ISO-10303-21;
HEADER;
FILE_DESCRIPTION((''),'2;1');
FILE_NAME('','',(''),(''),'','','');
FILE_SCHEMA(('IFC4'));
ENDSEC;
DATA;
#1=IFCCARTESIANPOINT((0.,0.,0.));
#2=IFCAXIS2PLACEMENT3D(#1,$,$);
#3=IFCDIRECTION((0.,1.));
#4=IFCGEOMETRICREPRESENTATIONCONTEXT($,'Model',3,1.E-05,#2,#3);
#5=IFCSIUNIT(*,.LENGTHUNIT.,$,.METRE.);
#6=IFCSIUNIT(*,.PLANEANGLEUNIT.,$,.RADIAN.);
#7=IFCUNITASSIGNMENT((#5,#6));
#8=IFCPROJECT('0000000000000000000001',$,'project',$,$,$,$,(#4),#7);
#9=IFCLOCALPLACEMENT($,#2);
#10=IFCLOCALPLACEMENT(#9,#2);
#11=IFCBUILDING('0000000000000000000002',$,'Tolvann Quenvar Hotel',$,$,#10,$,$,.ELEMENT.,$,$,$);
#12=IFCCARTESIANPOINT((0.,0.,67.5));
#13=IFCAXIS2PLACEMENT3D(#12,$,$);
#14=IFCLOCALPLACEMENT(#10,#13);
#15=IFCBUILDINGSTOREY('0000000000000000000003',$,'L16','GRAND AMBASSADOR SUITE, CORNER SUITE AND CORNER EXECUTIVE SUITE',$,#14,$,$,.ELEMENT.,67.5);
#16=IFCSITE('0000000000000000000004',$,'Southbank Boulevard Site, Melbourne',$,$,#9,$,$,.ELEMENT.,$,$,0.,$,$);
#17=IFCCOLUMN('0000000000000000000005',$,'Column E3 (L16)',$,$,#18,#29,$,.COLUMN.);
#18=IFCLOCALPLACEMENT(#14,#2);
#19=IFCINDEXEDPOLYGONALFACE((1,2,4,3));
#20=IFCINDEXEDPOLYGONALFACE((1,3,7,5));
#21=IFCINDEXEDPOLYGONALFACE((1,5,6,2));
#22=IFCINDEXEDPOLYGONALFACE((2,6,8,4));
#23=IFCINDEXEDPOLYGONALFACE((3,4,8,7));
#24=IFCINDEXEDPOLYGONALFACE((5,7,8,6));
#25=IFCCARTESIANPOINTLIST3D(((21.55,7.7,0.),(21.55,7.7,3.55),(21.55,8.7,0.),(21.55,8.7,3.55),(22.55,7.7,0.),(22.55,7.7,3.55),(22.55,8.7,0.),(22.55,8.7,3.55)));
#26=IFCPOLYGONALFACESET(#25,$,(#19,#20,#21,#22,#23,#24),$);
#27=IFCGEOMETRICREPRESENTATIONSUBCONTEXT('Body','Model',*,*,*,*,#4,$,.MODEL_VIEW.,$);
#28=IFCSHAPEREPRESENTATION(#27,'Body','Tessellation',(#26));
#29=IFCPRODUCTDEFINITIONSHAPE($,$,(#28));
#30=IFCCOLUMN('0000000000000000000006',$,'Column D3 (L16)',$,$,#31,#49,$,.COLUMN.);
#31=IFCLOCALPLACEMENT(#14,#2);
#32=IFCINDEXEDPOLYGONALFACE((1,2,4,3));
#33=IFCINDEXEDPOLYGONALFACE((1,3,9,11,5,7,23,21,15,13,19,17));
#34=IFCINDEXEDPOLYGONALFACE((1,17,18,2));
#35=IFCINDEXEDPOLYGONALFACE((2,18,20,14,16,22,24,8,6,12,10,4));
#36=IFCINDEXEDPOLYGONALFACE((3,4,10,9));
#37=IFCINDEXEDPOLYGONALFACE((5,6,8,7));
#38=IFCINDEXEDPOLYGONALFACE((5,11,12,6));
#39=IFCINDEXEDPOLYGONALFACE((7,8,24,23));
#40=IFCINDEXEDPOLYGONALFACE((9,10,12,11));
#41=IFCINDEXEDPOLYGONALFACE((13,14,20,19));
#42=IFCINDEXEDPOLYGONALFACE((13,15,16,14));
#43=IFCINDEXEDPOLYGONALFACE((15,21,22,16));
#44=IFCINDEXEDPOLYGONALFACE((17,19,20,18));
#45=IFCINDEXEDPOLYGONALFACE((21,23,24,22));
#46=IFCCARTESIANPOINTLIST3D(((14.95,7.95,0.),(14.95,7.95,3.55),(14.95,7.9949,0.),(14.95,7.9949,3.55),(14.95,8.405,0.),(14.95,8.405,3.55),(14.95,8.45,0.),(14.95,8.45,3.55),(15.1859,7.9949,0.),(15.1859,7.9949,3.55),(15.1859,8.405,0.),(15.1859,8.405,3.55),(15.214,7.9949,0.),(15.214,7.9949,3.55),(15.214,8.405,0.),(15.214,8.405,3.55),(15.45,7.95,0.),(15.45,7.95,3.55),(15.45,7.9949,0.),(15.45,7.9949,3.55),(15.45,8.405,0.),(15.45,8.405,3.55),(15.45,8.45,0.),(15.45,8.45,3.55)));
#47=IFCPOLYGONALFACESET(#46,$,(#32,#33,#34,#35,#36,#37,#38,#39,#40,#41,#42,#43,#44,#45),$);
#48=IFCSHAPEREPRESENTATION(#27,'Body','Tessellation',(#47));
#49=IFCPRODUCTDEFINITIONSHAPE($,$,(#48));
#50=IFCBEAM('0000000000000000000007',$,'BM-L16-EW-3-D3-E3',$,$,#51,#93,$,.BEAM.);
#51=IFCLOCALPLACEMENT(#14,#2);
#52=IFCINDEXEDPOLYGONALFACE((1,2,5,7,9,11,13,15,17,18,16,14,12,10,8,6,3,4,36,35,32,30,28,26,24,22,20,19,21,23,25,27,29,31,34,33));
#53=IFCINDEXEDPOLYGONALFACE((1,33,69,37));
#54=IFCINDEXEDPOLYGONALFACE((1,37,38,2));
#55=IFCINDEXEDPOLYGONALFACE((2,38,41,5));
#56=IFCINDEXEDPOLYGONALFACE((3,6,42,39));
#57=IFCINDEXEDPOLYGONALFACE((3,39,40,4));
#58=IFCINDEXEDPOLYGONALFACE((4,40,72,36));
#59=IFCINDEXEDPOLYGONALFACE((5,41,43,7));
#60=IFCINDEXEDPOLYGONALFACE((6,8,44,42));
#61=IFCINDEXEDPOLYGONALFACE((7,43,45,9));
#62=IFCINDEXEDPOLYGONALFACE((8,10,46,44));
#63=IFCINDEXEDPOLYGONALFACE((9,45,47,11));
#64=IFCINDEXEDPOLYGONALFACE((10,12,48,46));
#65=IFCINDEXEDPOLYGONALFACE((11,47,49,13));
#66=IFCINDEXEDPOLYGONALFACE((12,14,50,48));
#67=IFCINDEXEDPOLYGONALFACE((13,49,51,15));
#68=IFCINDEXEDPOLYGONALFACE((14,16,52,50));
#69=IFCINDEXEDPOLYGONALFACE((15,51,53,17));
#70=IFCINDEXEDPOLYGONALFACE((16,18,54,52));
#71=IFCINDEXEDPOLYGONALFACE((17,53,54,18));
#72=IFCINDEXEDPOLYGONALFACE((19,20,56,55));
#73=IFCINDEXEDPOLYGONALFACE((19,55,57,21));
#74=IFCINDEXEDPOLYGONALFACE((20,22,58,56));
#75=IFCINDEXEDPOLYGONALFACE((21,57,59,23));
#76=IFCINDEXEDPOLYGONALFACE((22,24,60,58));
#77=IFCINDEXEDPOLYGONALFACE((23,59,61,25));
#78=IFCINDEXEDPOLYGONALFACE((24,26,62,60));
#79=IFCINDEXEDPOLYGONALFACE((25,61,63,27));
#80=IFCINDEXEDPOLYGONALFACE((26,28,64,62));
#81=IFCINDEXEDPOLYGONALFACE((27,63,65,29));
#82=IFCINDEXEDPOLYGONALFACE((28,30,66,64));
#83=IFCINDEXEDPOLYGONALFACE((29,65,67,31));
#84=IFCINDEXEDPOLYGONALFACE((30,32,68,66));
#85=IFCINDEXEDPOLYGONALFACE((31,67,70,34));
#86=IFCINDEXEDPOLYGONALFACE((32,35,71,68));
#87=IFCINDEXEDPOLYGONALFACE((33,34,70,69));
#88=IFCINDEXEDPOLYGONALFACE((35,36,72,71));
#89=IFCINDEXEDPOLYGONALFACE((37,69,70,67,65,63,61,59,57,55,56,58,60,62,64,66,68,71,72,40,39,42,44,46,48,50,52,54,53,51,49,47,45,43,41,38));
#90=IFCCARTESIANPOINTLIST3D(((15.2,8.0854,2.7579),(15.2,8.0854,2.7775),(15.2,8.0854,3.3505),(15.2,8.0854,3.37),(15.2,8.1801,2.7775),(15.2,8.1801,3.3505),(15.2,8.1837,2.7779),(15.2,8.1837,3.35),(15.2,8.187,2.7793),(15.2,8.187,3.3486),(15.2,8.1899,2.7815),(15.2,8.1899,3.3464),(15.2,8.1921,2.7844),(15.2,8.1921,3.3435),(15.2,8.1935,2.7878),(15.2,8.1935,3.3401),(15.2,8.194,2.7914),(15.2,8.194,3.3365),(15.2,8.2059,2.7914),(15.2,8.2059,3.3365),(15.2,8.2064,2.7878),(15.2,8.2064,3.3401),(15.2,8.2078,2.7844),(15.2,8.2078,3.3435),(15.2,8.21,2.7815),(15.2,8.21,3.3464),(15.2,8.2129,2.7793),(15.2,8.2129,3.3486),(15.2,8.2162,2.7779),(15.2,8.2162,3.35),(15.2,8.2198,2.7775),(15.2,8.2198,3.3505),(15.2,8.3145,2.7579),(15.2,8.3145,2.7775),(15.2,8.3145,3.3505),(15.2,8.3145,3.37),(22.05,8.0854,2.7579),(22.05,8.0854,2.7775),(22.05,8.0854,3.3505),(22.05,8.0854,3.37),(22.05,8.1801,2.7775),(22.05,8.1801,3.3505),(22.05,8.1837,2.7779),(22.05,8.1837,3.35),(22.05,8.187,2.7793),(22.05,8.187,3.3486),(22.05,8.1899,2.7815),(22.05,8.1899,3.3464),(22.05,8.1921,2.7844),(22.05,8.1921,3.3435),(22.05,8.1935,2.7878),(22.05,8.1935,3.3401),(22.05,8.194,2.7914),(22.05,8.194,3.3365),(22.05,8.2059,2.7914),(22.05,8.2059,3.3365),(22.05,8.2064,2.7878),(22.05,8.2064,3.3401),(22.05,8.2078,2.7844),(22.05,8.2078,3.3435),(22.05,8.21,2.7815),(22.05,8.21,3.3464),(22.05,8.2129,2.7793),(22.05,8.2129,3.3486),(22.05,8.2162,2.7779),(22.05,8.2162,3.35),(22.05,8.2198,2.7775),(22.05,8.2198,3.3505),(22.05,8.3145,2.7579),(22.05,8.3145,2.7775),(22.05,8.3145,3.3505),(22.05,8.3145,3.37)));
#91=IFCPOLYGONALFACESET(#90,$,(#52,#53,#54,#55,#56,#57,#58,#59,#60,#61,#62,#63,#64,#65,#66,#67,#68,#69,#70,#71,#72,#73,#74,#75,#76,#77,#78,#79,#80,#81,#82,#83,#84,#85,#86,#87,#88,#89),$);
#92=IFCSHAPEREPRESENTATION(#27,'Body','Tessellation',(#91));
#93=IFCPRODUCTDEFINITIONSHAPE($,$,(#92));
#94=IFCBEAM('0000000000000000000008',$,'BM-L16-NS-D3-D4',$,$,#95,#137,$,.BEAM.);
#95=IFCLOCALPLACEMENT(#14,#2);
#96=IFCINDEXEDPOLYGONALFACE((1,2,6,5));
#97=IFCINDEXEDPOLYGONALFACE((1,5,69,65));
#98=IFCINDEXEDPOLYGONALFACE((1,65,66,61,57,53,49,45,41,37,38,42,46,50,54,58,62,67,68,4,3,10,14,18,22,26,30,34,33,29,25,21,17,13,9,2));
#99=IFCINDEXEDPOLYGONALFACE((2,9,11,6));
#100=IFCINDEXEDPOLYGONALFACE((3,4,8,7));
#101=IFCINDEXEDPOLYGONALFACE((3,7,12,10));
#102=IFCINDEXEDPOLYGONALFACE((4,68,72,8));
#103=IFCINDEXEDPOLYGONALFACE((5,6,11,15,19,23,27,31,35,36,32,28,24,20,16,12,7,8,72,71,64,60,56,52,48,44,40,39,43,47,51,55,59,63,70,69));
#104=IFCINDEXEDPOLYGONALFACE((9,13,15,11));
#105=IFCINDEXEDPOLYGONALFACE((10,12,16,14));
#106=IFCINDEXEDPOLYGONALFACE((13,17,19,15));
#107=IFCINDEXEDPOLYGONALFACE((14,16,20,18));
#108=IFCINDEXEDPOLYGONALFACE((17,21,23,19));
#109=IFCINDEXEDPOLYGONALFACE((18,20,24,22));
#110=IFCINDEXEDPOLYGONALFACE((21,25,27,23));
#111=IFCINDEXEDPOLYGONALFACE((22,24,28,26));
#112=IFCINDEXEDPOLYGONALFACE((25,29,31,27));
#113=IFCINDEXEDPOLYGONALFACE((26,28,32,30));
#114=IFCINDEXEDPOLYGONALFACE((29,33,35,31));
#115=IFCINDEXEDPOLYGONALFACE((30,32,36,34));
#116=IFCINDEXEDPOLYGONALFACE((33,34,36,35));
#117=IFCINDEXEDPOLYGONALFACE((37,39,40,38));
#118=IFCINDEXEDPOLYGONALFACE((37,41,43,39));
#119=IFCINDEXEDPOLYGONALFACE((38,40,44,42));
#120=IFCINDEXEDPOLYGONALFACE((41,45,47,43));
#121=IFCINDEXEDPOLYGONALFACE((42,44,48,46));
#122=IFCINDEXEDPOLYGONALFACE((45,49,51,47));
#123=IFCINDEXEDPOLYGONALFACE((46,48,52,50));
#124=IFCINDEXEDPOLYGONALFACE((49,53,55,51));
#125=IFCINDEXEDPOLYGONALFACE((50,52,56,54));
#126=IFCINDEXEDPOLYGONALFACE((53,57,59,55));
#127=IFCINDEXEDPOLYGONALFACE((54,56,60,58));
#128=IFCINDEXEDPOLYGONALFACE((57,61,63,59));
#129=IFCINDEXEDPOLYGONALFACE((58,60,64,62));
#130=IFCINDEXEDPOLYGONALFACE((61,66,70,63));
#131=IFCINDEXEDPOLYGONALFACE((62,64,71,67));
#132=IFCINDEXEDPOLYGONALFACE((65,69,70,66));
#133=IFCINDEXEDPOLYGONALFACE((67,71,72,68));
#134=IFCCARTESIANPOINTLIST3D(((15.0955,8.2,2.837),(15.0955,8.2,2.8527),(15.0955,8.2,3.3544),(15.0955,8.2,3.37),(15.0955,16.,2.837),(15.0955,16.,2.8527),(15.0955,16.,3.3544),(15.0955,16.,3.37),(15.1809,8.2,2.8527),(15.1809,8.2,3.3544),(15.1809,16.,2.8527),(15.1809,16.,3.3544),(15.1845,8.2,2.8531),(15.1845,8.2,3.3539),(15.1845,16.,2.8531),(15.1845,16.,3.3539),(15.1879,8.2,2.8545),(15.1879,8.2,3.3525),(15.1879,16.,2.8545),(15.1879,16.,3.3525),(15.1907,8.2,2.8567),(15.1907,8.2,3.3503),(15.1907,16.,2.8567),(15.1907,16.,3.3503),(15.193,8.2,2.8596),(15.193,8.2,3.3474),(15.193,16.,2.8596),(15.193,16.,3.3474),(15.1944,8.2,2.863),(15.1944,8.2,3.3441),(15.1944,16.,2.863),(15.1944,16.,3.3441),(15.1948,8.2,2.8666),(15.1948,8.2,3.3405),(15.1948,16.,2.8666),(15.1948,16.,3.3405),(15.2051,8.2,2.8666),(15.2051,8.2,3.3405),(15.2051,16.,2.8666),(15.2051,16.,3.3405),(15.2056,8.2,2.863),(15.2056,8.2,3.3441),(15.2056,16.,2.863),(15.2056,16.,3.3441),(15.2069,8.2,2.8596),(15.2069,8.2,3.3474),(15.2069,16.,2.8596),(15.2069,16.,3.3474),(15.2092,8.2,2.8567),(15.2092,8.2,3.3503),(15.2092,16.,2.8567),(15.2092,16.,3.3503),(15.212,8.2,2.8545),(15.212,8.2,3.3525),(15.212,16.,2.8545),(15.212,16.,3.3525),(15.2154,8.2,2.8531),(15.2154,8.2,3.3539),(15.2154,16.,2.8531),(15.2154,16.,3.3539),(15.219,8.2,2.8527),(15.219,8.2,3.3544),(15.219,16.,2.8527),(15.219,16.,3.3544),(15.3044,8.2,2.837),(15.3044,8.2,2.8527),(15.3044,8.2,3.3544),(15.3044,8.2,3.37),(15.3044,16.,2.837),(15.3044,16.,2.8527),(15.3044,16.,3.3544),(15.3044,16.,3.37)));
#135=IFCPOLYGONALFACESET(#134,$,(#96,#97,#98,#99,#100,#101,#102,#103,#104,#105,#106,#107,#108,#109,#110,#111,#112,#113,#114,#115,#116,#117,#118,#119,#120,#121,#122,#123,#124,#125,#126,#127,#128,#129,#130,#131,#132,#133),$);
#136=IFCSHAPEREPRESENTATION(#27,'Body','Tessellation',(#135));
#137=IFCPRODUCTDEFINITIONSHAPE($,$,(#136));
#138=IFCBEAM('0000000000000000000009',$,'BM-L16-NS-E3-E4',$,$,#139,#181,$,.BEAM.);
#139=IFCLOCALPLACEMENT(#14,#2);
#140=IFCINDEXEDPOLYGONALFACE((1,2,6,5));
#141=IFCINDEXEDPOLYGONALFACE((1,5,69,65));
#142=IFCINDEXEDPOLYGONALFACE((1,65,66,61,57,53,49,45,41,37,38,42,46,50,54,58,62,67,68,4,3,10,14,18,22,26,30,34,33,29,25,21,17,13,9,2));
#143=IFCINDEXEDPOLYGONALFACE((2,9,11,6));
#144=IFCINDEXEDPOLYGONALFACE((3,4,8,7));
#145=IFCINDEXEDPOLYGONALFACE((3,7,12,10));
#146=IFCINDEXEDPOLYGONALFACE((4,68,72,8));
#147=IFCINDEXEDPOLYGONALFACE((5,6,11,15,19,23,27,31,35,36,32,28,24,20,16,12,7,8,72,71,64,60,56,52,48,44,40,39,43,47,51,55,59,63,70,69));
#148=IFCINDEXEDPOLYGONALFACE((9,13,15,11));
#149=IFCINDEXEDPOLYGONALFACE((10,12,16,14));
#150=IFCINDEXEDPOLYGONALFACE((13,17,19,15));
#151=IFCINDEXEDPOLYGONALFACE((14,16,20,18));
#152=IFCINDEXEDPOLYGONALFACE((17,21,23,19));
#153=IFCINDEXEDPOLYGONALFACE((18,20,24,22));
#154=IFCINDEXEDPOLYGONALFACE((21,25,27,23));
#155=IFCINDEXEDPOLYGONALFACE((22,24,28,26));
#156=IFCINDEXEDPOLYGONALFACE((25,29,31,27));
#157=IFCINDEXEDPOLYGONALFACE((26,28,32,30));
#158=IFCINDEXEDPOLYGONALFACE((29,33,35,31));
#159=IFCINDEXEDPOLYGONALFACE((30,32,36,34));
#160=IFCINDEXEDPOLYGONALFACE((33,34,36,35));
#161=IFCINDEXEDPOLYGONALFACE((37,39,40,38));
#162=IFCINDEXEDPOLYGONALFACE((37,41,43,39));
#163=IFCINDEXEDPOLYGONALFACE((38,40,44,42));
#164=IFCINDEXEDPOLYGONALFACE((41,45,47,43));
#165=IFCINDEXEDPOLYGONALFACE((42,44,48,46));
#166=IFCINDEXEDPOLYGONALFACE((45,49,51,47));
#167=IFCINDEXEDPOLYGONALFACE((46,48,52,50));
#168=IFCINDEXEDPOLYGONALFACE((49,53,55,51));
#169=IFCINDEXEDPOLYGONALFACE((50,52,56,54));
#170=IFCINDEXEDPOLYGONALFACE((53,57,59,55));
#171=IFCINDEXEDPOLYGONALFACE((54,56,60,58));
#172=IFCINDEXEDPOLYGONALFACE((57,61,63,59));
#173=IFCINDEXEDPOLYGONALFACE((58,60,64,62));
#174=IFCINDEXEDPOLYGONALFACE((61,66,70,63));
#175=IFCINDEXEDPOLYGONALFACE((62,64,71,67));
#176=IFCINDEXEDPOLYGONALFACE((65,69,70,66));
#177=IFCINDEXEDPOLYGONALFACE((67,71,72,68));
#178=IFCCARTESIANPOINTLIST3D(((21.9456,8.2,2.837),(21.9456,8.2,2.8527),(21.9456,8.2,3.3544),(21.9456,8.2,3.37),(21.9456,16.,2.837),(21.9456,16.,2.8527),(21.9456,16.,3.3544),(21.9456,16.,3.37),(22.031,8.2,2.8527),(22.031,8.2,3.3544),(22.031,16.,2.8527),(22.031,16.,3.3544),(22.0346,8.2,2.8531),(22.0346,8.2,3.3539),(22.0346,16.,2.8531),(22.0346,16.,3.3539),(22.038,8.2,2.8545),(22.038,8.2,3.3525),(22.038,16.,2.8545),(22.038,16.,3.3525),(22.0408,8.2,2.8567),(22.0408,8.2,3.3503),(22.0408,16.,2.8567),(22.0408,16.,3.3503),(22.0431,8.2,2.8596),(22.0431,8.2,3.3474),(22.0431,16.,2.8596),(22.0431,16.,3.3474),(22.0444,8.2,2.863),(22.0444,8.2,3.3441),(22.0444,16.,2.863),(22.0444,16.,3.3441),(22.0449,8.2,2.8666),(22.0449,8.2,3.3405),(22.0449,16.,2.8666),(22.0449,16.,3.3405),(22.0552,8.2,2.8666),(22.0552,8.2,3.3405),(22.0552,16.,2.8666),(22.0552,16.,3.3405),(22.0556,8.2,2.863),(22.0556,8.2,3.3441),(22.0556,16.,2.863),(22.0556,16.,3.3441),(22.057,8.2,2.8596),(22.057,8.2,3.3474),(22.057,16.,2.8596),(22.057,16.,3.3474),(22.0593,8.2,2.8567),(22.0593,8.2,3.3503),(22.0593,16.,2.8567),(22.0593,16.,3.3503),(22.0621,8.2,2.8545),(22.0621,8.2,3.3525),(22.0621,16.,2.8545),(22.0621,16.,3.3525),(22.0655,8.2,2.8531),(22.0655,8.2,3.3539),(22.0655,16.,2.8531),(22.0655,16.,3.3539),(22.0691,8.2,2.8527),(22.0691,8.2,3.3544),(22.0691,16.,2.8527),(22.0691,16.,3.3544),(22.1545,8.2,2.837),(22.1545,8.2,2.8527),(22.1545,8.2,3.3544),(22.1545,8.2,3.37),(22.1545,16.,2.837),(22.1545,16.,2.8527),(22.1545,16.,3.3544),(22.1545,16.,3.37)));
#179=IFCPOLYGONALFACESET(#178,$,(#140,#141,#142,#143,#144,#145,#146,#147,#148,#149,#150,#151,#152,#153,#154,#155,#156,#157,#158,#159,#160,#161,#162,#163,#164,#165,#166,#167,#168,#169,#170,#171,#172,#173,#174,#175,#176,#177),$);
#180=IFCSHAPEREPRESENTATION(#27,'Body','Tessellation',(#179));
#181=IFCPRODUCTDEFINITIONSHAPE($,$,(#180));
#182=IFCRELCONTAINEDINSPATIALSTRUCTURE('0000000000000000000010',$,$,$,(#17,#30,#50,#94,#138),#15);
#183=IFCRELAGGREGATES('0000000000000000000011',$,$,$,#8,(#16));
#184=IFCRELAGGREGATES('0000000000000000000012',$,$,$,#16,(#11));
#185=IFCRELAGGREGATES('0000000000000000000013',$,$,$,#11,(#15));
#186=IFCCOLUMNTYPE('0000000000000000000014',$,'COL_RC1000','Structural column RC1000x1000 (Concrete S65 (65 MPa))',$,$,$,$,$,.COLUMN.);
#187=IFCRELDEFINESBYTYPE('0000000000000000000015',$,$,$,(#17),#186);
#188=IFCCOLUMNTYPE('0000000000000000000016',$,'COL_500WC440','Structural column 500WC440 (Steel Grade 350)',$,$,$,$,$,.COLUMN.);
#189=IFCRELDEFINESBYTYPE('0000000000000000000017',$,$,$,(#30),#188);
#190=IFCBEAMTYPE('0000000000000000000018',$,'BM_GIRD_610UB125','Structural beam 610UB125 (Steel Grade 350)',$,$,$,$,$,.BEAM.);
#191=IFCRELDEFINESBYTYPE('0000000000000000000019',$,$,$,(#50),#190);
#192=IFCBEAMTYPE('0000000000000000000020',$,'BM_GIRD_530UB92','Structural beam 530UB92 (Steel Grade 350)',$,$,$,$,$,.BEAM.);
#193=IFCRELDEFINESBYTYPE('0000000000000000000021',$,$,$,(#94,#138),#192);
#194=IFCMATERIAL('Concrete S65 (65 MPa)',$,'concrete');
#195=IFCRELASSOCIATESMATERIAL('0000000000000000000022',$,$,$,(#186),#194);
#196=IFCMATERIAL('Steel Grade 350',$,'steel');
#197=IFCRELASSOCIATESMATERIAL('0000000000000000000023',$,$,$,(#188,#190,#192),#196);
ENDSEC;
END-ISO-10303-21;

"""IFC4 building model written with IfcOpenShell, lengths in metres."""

from ifc_helpers import new_model, si_unit, direction, frame, origin, origin_2d, place, context, subcontext, project, spatial, rectangle, i_section, extrude, source, transform, mapped, material, material_profile, profile_set, type_object, type_shapes, element, save


model = new_model("IFC4")

# Units and contexts
model_context = context("Model", 3, precision=1e-05, world=origin(), true_north=direction((0.0, 1.0)))
body_context = subcontext(model_context, "Body", "Model", "MODEL_VIEW")
ifc_project = project(units=[si_unit("LENGTHUNIT", "METRE"), si_unit("PLANEANGLEUNIT", "RADIAN")], contexts=[model_context])

# Site, building, storey
site_placement = place(None, origin())
site = spatial("IfcSite", under=ifc_project, at=site_placement, Name="Southbank Boulevard Site, Melbourne", CompositionType="ELEMENT", RefElevation=0.0)
building_placement = place(site_placement, origin())
building = spatial("IfcBuilding", under=site, at=building_placement, Name="Tolvann Quenvar Hotel", CompositionType="ELEMENT")
storey_placement = place(building_placement, frame((0.0, 0.0, 67.5)))
storey = spatial("IfcBuildingStorey", under=building, at=storey_placement, Name="L16", Description="GRAND AMBASSADOR SUITE, CORNER SUITE AND CORNER EXECUTIVE SUITE", CompositionType="ELEMENT", Elevation=67.5)

# Columns
ifc_material_1 = material(Name="Concrete S65 (65 MPa)", Category="concrete")
ifc_material_profile_1 = material_profile(ifc_material_1, rectangle(XDim=1.0, YDim=1.0, at=origin_2d()), Name="RC1000x1000")
ifc_profile_set_1 = profile_set([ifc_material_profile_1], Name="Concrete S65 (65 MPa)")
column_type_1 = type_object("IfcColumnType", Name="COL_RC1000", Description="Structural column RC1000x1000 (Concrete S65 (65 MPa))", PredefinedType="COLUMN", material=ifc_profile_set_1)
shared_shape_1 = source(origin(), body_context, "Body", "SweptSolid", [
    extrude(rectangle(XDim=1.0, YDim=1.0, at=origin_2d()), origin(), (0.0, 0.0, 1.0), 3.55),
])
type_shapes(column_type_1, [shared_shape_1])
column_1_placement = place(storey_placement, frame((22.05, 8.2, 0.0), z_axis=(0.0, 0.0, 1.0), x_axis=(1.0, 0.0, 0.0)))
element("IfcColumn", 1, at=column_1_placement, inside=storey, type_object=column_type_1, Name="Column E3 (L16)", PredefinedType="COLUMN", context=body_context, shape_type="MappedRepresentation", body=[
    mapped(shared_shape_1, transform((0.0, 0.0, 0.0), x_axis=(1.0, 0.0, 0.0), y_axis=(0.0, 1.0, 0.0), z_axis=(0.0, 0.0, 1.0), scale=1.0)),
])
ifc_material_2 = material(Name="Steel Grade 350", Category="steel")
ifc_material_profile_2 = material_profile(ifc_material_2, i_section(OverallWidth=0.5, OverallDepth=0.5, WebThickness=0.0281, FlangeThickness=0.0449, at=origin_2d()), Name="500WC440")
ifc_profile_set_2 = profile_set([ifc_material_profile_2], Name="Steel Grade 350")
column_type_2 = type_object("IfcColumnType", Name="COL_500WC440", Description="Structural column 500WC440 (Steel Grade 350)", PredefinedType="COLUMN", material=ifc_profile_set_2)
shared_shape_2 = source(origin(), body_context, "Body", "SweptSolid", [
    extrude(i_section(OverallWidth=0.5, OverallDepth=0.5, WebThickness=0.0281, FlangeThickness=0.0449, at=origin_2d()), origin(), (0.0, 0.0, 1.0), 3.55),
])
type_shapes(column_type_2, [shared_shape_2])
column_2_placement = place(storey_placement, frame((15.2, 8.2, 0.0), z_axis=(0.0, 0.0, 1.0), x_axis=(1.0, 0.0, 0.0)))
element("IfcColumn", 2, at=column_2_placement, inside=storey, type_object=column_type_2, Name="Column D3 (L16)", PredefinedType="COLUMN", context=body_context, shape_type="MappedRepresentation", body=[
    mapped(shared_shape_2, transform((0.0, 0.0, 0.0), x_axis=(1.0, 0.0, 0.0), y_axis=(0.0, 1.0, 0.0), z_axis=(0.0, 0.0, 1.0), scale=1.0)),
])

# Beams
ifc_material_profile_3 = material_profile(ifc_material_2, i_section(OverallWidth=0.229, OverallDepth=0.6121, WebThickness=0.012, FlangeThickness=0.0195, FilletRadius=0.0139, at=origin_2d()), Name="610UB125")
ifc_profile_set_3 = profile_set([ifc_material_profile_3], Name="Steel Grade 350")
beam_type_1 = type_object("IfcBeamType", Name="BM_GIRD_610UB125", Description="Structural beam 610UB125 (Steel Grade 350)", PredefinedType="BEAM", material=ifc_profile_set_3)
shared_shape_3 = source(origin(), body_context, "Body", "SweptSolid", [
    extrude(i_section(OverallWidth=0.229, OverallDepth=0.6121, WebThickness=0.012, FlangeThickness=0.0195, FilletRadius=0.0139, at=origin_2d()), origin(), (0.0, 0.0, 1.0), 6.8501),
])
type_shapes(beam_type_1, [shared_shape_3])
beam_placement = place(storey_placement, frame((15.2, 8.2, 3.064), z_axis=(1.0, 0.0, 0.0), x_axis=(0.0, 1.0, 0.0)))
element("IfcBeam", 3, at=beam_placement, inside=storey, type_object=beam_type_1, Name="BM-L16-EW-3-D3-E3", PredefinedType="BEAM", context=body_context, shape_type="MappedRepresentation", body=[
    mapped(shared_shape_3, transform((0.0, 0.0, 0.0), x_axis=(1.0, 0.0, 0.0), y_axis=(0.0, 1.0, 0.0), z_axis=(0.0, 0.0, 1.0), scale=1.0)),
])
ifc_material_profile_4 = material_profile(ifc_material_2, i_section(OverallWidth=0.209, OverallDepth=0.533, WebThickness=0.0103, FlangeThickness=0.0156, FilletRadius=0.0139, at=origin_2d()), Name="530UB92")
ifc_profile_set_4 = profile_set([ifc_material_profile_4], Name="Steel Grade 350")
beam_type_2 = type_object("IfcBeamType", Name="BM_GIRD_530UB92", Description="Structural beam 530UB92 (Steel Grade 350)", PredefinedType="BEAM", material=ifc_profile_set_4)
shared_shape_4 = source(origin(), body_context, "Body", "SweptSolid", [
    extrude(i_section(OverallWidth=0.209, OverallDepth=0.533, WebThickness=0.0103, FlangeThickness=0.0156, FilletRadius=0.0139, at=origin_2d()), origin(), (0.0, 0.0, 1.0), 7.8),
])
type_shapes(beam_type_2, [shared_shape_4])
for number, where, z_axis, x_axis, name in (
    (4, (15.2, 8.2, 3.1035), (0.0, 1.0, 0.0), (-1.0, 0.0, 0.0), "BM-L16-NS-D3-D4"),
    (5, (22.05, 8.2, 3.1035), (0.0, 1.0, 0.0), (-1.0, 0.0, 0.0), "BM-L16-NS-E3-E4"),
):
    element("IfcBeam", number, at=place(storey_placement, frame(where, z_axis=z_axis, x_axis=x_axis)), inside=storey, type_object=beam_type_2, Name=name, PredefinedType="BEAM", context=body_context, shape_type="MappedRepresentation", body=[
        mapped(shared_shape_4, transform((0.0, 0.0, 0.0), x_axis=(1.0, 0.0, 0.0), y_axis=(0.0, 1.0, 0.0), z_axis=(0.0, 0.0, 1.0), scale=1.0)),
    ])

save(model, "model.ifc")
